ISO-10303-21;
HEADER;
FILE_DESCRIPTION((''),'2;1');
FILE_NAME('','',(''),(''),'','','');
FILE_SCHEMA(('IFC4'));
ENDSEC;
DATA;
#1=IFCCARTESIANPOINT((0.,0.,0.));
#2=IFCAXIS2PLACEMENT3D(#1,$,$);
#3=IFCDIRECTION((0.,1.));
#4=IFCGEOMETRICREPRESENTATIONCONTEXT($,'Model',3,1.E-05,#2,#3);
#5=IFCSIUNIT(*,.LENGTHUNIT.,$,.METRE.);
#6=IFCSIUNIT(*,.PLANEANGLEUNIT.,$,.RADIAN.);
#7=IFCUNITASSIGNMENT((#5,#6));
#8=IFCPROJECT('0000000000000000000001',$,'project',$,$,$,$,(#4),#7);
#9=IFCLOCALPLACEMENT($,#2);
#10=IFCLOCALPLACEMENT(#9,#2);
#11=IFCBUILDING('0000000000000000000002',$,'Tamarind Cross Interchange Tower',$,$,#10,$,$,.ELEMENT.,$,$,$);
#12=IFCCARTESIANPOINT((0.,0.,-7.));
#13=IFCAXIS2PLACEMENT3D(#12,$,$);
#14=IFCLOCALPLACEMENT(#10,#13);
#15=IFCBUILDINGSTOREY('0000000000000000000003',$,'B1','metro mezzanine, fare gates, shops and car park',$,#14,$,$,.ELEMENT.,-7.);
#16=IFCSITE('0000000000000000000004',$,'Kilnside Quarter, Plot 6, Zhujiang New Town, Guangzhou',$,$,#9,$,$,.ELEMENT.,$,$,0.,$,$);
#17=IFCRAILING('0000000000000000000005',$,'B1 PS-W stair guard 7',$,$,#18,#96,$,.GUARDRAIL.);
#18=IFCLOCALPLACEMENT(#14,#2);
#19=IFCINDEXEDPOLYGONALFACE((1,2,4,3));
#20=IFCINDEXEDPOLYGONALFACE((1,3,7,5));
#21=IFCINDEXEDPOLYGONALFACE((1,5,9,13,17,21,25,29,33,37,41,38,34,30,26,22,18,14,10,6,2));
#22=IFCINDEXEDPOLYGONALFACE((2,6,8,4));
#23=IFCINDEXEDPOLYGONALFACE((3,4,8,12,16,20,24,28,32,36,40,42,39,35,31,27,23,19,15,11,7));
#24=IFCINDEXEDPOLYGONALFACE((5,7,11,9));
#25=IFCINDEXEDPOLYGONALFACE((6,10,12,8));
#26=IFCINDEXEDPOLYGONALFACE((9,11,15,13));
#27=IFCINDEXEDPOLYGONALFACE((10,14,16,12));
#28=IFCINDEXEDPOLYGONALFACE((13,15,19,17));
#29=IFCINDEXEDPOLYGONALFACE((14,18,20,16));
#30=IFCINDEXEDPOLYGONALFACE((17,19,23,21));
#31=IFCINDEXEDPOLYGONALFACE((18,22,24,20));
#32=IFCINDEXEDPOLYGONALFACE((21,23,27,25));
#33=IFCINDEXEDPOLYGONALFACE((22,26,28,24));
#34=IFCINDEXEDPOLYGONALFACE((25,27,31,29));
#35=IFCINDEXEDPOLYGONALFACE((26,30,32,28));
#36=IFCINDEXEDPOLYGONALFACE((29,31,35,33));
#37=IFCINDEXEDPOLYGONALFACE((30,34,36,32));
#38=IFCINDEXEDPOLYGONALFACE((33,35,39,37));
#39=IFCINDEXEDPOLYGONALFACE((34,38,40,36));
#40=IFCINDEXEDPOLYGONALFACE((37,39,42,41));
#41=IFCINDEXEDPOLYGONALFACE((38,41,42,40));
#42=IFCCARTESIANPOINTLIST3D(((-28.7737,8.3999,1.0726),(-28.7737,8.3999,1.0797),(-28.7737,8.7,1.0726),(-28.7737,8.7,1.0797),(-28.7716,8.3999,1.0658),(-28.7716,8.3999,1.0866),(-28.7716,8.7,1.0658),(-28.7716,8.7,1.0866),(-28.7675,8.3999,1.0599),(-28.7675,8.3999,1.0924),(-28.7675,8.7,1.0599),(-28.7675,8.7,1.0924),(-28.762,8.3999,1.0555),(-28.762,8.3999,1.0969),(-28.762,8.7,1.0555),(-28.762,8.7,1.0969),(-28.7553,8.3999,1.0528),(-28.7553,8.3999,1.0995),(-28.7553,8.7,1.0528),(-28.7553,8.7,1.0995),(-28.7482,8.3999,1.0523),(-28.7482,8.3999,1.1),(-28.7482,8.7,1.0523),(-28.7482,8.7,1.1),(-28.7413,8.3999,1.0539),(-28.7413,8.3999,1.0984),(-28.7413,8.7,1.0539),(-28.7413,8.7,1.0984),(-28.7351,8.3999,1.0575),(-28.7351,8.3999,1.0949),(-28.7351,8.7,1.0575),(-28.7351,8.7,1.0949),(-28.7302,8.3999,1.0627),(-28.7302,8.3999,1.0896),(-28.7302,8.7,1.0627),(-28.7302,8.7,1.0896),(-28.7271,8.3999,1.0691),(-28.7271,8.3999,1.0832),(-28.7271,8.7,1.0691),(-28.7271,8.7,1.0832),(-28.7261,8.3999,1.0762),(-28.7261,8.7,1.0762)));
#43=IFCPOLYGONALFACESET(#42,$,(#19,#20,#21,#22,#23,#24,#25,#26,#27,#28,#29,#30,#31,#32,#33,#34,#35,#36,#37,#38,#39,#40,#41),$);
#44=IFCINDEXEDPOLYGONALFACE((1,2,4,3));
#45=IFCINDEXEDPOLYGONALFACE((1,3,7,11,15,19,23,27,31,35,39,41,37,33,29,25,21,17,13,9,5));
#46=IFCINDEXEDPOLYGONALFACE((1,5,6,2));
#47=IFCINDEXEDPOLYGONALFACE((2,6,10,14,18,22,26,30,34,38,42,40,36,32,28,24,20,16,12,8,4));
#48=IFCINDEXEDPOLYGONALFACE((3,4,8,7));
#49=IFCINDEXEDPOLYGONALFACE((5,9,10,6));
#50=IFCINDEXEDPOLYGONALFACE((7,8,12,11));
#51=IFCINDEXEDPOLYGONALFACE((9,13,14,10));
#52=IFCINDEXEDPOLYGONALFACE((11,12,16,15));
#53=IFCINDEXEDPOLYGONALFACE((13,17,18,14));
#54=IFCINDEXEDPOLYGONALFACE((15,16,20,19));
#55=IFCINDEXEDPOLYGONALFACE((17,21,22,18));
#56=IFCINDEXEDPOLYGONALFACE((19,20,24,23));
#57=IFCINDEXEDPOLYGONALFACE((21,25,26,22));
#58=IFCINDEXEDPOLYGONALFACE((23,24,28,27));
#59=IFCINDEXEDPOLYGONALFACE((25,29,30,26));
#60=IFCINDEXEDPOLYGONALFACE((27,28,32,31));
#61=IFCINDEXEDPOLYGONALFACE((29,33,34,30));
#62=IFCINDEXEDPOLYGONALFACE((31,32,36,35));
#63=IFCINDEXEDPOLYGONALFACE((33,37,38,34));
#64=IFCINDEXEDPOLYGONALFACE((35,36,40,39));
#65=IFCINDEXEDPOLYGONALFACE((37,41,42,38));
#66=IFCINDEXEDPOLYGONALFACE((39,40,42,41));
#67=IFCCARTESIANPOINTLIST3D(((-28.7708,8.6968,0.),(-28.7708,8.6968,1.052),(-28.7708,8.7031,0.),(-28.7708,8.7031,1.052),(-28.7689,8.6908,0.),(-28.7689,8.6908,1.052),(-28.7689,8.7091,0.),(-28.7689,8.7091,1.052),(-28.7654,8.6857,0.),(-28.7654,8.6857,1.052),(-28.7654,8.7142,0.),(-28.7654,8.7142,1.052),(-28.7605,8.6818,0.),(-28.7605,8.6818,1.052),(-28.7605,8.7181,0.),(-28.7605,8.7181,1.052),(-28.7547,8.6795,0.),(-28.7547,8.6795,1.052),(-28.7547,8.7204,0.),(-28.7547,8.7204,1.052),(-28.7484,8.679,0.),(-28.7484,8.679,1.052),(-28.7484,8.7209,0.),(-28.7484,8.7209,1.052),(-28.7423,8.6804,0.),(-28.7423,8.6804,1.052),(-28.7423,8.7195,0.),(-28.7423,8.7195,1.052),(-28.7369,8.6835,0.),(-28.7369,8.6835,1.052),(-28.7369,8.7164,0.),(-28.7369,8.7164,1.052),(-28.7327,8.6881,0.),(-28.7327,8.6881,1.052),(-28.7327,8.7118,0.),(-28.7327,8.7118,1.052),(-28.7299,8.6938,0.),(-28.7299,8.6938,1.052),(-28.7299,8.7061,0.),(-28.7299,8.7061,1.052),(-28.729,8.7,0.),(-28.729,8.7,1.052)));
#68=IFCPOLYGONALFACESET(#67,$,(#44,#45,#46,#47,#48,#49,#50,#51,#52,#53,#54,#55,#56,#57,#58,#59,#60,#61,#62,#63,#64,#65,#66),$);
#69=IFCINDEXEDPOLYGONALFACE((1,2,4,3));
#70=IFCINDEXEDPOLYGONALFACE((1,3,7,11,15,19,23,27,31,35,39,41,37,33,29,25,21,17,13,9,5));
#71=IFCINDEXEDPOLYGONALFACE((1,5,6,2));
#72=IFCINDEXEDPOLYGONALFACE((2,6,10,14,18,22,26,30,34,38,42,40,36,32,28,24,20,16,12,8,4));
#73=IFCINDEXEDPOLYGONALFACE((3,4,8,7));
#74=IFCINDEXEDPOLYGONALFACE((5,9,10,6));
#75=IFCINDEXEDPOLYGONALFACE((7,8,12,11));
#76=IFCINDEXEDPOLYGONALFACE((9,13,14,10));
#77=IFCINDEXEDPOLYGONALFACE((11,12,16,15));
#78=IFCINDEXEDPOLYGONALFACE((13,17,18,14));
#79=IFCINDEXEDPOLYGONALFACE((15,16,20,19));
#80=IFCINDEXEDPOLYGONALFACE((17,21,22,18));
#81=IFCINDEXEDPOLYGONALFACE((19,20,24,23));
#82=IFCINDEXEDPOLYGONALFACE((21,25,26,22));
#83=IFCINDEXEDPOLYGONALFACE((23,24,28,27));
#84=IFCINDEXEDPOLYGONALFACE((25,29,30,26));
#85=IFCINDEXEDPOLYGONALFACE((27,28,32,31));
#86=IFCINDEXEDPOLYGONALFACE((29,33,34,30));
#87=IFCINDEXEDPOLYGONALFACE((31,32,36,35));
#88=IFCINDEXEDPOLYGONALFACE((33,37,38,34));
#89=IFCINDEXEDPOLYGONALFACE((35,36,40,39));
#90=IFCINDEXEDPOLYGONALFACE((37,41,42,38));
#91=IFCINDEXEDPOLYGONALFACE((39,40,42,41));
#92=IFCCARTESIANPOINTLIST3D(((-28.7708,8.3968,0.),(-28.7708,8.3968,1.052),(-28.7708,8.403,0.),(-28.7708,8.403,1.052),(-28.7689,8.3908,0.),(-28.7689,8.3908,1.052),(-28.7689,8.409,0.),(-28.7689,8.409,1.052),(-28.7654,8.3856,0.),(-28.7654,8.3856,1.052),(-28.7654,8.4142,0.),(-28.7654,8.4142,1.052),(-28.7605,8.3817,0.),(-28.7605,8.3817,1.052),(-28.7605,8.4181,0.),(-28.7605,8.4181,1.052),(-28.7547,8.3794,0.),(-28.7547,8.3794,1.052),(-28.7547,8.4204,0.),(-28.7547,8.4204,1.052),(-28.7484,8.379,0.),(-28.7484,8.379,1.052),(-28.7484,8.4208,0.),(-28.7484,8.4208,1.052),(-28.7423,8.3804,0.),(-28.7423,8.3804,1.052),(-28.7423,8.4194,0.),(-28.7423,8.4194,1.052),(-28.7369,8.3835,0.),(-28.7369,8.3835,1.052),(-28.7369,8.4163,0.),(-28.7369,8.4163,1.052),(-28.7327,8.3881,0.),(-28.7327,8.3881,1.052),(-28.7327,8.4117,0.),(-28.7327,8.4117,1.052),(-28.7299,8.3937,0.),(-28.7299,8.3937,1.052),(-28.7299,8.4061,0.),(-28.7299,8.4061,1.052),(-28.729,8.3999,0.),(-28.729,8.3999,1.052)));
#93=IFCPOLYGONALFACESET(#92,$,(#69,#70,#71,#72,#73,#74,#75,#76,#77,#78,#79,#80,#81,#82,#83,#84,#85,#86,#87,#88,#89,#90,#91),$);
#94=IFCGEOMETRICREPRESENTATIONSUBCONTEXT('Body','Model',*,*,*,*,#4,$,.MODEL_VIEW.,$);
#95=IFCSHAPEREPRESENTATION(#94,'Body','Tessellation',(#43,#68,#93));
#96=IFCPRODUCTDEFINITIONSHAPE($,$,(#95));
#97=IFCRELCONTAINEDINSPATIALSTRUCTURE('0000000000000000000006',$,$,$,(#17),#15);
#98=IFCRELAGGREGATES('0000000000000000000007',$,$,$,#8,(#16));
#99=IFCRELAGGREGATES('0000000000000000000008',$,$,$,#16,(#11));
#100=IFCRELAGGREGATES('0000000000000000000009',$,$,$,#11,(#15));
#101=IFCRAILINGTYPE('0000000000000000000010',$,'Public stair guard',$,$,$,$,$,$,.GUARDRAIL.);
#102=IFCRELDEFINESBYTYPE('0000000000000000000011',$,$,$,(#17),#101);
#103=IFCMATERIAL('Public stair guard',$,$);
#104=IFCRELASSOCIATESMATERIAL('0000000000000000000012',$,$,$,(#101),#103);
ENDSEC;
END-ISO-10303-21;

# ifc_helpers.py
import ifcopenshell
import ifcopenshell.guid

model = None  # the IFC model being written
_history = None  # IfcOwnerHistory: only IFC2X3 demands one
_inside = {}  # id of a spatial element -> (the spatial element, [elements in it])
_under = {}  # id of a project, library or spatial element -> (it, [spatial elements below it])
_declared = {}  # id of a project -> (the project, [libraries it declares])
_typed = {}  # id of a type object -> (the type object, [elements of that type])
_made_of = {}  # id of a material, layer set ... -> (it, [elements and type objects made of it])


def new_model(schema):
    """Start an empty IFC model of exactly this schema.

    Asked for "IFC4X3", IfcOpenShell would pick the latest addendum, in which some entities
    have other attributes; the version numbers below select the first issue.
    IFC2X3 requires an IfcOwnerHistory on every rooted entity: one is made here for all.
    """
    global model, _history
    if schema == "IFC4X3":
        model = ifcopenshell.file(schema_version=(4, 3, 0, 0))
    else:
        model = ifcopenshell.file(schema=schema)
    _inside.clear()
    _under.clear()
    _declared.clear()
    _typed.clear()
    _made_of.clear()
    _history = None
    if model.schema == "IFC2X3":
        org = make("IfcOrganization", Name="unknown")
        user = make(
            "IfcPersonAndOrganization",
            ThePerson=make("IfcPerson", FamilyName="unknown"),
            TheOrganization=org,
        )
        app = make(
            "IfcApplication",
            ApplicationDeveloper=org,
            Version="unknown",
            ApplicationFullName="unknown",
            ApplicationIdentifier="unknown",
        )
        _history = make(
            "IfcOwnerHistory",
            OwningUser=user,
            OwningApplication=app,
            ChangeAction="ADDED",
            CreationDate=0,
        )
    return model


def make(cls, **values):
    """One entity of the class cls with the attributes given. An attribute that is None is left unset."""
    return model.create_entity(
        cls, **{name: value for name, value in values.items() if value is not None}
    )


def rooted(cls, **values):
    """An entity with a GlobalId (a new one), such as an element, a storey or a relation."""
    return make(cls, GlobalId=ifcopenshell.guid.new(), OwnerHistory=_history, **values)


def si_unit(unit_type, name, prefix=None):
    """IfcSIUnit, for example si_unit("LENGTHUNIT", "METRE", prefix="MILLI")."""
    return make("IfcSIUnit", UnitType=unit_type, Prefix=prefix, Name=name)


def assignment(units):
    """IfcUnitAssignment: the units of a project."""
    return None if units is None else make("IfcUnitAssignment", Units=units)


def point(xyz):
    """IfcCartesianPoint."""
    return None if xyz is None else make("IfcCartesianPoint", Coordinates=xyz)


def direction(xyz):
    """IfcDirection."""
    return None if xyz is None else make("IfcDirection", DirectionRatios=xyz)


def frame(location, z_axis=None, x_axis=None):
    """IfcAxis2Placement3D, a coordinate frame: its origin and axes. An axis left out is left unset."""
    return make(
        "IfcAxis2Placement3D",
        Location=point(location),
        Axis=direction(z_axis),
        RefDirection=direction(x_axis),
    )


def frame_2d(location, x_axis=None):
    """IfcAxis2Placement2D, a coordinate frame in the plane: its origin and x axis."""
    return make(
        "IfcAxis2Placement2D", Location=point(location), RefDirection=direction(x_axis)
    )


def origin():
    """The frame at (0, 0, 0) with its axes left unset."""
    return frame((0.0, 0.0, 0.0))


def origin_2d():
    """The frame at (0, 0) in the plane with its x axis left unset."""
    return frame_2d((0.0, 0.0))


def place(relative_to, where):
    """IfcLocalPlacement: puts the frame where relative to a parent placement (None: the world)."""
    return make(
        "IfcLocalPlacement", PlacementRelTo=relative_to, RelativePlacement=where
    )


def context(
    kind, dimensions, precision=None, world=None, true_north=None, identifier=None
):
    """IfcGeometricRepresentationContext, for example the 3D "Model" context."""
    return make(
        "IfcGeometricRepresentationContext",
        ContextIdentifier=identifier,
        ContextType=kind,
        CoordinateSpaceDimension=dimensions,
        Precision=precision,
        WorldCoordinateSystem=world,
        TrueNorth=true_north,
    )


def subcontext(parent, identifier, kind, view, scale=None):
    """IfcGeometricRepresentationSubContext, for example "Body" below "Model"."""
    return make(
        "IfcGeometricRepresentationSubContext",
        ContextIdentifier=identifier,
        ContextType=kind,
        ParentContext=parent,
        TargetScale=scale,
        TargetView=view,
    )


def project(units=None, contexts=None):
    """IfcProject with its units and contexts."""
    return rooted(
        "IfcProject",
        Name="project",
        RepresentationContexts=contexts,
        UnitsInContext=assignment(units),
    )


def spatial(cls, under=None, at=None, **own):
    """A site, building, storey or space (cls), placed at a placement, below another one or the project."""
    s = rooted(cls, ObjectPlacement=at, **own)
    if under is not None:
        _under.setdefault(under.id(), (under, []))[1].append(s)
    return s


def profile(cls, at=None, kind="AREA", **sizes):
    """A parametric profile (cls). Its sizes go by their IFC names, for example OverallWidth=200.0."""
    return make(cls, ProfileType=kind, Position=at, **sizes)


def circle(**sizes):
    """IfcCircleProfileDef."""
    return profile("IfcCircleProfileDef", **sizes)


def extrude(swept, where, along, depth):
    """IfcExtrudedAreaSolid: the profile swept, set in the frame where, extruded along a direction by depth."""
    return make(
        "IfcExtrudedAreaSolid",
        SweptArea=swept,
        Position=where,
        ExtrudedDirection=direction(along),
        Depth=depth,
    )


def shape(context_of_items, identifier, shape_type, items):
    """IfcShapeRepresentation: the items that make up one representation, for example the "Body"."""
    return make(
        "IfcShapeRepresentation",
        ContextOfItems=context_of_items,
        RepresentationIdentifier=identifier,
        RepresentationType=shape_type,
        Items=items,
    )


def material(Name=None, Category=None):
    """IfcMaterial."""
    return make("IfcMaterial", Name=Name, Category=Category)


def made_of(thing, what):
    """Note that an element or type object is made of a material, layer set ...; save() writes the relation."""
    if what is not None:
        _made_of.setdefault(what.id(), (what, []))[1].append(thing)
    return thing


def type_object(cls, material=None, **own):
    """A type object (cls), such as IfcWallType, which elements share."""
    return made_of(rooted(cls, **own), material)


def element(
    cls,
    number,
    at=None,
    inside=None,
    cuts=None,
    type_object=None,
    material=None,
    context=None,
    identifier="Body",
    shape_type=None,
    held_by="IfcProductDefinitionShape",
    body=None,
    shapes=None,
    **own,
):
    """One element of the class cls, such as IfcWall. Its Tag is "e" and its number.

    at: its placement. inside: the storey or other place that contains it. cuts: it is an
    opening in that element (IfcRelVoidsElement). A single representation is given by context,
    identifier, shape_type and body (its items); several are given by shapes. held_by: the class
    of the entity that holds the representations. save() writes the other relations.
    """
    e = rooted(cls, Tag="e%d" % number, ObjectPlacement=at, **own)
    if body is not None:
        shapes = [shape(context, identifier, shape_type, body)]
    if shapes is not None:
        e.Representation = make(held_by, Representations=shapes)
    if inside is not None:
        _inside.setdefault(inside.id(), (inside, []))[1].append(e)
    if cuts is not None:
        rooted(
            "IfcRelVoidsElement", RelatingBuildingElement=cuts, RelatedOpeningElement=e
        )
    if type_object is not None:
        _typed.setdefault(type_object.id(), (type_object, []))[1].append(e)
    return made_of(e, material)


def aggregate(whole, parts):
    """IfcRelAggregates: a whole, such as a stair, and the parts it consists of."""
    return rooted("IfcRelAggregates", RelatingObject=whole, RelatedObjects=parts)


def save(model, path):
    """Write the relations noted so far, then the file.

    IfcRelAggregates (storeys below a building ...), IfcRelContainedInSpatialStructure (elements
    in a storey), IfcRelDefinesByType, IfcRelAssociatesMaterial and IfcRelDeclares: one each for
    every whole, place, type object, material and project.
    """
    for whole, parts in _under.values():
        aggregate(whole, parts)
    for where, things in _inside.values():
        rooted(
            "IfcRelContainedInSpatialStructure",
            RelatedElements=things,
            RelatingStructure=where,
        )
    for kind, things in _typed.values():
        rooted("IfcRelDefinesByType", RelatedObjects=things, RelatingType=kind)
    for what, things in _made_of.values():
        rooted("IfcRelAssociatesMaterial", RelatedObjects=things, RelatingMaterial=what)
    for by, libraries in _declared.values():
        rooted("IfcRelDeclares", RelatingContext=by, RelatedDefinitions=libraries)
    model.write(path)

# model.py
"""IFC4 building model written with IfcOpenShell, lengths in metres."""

from ifc_helpers import new_model, si_unit, direction, frame, origin, origin_2d, place, context, subcontext, project, spatial, circle, extrude, material, type_object, element, save


model = new_model("IFC4")

# Units and contexts
model_context = context("Model", 3, precision=1e-05, world=origin(), true_north=direction((0.0, 1.0)))
body_context = subcontext(model_context, "Body", "Model", "MODEL_VIEW")
ifc_project = project(units=[si_unit("LENGTHUNIT", "METRE"), si_unit("PLANEANGLEUNIT", "RADIAN")], contexts=[model_context])

# Site, building, storey
site_placement = place(None, origin())
site = spatial("IfcSite", under=ifc_project, at=site_placement, Name="Kilnside Quarter, Plot 6, Zhujiang New Town, Guangzhou", CompositionType="ELEMENT", RefElevation=0.0)
building_placement = place(site_placement, origin())
building = spatial("IfcBuilding", under=site, at=building_placement, Name="Tamarind Cross Interchange Tower", CompositionType="ELEMENT")
storey_placement = place(building_placement, frame((0.0, 0.0, -7.0)))
storey = spatial("IfcBuildingStorey", under=building, at=storey_placement, Name="B1", Description="metro mezzanine, fare gates, shops and car park", CompositionType="ELEMENT", Elevation=-7.0)

# Railing
ifc_material_1 = material(Name="Public stair guard")
railing_type_1 = type_object("IfcRailingType", Name="Public stair guard", PredefinedType="GUARDRAIL", material=ifc_material_1)
railing_1_placement = place(storey_placement, frame((-28.75, 8.7, 0.0)))
element("IfcRailing", 1, at=railing_1_placement, inside=storey, type_object=railing_type_1, Name="B1 PS-W stair guard 7", PredefinedType="GUARDRAIL", context=body_context, shape_type="SweptSolid", body=[
    extrude(circle(Radius=0.0239, at=origin_2d()), frame((0.0, 0.0, 1.0762), z_axis=(0.0, -1.0, 0.0), x_axis=(1.0, 0.0, 0.0)), (0.0, 0.0, 1.0), 0.3),
    extrude(circle(Radius=0.021, at=origin_2d()), origin(), (0.0, 0.0, 1.0), 1.052),
    extrude(circle(Radius=0.021, at=origin_2d()), frame((0.0, -0.3, 0.0)), (0.0, 0.0, 1.0), 1.052),
])

save(model, "model.ifc")
